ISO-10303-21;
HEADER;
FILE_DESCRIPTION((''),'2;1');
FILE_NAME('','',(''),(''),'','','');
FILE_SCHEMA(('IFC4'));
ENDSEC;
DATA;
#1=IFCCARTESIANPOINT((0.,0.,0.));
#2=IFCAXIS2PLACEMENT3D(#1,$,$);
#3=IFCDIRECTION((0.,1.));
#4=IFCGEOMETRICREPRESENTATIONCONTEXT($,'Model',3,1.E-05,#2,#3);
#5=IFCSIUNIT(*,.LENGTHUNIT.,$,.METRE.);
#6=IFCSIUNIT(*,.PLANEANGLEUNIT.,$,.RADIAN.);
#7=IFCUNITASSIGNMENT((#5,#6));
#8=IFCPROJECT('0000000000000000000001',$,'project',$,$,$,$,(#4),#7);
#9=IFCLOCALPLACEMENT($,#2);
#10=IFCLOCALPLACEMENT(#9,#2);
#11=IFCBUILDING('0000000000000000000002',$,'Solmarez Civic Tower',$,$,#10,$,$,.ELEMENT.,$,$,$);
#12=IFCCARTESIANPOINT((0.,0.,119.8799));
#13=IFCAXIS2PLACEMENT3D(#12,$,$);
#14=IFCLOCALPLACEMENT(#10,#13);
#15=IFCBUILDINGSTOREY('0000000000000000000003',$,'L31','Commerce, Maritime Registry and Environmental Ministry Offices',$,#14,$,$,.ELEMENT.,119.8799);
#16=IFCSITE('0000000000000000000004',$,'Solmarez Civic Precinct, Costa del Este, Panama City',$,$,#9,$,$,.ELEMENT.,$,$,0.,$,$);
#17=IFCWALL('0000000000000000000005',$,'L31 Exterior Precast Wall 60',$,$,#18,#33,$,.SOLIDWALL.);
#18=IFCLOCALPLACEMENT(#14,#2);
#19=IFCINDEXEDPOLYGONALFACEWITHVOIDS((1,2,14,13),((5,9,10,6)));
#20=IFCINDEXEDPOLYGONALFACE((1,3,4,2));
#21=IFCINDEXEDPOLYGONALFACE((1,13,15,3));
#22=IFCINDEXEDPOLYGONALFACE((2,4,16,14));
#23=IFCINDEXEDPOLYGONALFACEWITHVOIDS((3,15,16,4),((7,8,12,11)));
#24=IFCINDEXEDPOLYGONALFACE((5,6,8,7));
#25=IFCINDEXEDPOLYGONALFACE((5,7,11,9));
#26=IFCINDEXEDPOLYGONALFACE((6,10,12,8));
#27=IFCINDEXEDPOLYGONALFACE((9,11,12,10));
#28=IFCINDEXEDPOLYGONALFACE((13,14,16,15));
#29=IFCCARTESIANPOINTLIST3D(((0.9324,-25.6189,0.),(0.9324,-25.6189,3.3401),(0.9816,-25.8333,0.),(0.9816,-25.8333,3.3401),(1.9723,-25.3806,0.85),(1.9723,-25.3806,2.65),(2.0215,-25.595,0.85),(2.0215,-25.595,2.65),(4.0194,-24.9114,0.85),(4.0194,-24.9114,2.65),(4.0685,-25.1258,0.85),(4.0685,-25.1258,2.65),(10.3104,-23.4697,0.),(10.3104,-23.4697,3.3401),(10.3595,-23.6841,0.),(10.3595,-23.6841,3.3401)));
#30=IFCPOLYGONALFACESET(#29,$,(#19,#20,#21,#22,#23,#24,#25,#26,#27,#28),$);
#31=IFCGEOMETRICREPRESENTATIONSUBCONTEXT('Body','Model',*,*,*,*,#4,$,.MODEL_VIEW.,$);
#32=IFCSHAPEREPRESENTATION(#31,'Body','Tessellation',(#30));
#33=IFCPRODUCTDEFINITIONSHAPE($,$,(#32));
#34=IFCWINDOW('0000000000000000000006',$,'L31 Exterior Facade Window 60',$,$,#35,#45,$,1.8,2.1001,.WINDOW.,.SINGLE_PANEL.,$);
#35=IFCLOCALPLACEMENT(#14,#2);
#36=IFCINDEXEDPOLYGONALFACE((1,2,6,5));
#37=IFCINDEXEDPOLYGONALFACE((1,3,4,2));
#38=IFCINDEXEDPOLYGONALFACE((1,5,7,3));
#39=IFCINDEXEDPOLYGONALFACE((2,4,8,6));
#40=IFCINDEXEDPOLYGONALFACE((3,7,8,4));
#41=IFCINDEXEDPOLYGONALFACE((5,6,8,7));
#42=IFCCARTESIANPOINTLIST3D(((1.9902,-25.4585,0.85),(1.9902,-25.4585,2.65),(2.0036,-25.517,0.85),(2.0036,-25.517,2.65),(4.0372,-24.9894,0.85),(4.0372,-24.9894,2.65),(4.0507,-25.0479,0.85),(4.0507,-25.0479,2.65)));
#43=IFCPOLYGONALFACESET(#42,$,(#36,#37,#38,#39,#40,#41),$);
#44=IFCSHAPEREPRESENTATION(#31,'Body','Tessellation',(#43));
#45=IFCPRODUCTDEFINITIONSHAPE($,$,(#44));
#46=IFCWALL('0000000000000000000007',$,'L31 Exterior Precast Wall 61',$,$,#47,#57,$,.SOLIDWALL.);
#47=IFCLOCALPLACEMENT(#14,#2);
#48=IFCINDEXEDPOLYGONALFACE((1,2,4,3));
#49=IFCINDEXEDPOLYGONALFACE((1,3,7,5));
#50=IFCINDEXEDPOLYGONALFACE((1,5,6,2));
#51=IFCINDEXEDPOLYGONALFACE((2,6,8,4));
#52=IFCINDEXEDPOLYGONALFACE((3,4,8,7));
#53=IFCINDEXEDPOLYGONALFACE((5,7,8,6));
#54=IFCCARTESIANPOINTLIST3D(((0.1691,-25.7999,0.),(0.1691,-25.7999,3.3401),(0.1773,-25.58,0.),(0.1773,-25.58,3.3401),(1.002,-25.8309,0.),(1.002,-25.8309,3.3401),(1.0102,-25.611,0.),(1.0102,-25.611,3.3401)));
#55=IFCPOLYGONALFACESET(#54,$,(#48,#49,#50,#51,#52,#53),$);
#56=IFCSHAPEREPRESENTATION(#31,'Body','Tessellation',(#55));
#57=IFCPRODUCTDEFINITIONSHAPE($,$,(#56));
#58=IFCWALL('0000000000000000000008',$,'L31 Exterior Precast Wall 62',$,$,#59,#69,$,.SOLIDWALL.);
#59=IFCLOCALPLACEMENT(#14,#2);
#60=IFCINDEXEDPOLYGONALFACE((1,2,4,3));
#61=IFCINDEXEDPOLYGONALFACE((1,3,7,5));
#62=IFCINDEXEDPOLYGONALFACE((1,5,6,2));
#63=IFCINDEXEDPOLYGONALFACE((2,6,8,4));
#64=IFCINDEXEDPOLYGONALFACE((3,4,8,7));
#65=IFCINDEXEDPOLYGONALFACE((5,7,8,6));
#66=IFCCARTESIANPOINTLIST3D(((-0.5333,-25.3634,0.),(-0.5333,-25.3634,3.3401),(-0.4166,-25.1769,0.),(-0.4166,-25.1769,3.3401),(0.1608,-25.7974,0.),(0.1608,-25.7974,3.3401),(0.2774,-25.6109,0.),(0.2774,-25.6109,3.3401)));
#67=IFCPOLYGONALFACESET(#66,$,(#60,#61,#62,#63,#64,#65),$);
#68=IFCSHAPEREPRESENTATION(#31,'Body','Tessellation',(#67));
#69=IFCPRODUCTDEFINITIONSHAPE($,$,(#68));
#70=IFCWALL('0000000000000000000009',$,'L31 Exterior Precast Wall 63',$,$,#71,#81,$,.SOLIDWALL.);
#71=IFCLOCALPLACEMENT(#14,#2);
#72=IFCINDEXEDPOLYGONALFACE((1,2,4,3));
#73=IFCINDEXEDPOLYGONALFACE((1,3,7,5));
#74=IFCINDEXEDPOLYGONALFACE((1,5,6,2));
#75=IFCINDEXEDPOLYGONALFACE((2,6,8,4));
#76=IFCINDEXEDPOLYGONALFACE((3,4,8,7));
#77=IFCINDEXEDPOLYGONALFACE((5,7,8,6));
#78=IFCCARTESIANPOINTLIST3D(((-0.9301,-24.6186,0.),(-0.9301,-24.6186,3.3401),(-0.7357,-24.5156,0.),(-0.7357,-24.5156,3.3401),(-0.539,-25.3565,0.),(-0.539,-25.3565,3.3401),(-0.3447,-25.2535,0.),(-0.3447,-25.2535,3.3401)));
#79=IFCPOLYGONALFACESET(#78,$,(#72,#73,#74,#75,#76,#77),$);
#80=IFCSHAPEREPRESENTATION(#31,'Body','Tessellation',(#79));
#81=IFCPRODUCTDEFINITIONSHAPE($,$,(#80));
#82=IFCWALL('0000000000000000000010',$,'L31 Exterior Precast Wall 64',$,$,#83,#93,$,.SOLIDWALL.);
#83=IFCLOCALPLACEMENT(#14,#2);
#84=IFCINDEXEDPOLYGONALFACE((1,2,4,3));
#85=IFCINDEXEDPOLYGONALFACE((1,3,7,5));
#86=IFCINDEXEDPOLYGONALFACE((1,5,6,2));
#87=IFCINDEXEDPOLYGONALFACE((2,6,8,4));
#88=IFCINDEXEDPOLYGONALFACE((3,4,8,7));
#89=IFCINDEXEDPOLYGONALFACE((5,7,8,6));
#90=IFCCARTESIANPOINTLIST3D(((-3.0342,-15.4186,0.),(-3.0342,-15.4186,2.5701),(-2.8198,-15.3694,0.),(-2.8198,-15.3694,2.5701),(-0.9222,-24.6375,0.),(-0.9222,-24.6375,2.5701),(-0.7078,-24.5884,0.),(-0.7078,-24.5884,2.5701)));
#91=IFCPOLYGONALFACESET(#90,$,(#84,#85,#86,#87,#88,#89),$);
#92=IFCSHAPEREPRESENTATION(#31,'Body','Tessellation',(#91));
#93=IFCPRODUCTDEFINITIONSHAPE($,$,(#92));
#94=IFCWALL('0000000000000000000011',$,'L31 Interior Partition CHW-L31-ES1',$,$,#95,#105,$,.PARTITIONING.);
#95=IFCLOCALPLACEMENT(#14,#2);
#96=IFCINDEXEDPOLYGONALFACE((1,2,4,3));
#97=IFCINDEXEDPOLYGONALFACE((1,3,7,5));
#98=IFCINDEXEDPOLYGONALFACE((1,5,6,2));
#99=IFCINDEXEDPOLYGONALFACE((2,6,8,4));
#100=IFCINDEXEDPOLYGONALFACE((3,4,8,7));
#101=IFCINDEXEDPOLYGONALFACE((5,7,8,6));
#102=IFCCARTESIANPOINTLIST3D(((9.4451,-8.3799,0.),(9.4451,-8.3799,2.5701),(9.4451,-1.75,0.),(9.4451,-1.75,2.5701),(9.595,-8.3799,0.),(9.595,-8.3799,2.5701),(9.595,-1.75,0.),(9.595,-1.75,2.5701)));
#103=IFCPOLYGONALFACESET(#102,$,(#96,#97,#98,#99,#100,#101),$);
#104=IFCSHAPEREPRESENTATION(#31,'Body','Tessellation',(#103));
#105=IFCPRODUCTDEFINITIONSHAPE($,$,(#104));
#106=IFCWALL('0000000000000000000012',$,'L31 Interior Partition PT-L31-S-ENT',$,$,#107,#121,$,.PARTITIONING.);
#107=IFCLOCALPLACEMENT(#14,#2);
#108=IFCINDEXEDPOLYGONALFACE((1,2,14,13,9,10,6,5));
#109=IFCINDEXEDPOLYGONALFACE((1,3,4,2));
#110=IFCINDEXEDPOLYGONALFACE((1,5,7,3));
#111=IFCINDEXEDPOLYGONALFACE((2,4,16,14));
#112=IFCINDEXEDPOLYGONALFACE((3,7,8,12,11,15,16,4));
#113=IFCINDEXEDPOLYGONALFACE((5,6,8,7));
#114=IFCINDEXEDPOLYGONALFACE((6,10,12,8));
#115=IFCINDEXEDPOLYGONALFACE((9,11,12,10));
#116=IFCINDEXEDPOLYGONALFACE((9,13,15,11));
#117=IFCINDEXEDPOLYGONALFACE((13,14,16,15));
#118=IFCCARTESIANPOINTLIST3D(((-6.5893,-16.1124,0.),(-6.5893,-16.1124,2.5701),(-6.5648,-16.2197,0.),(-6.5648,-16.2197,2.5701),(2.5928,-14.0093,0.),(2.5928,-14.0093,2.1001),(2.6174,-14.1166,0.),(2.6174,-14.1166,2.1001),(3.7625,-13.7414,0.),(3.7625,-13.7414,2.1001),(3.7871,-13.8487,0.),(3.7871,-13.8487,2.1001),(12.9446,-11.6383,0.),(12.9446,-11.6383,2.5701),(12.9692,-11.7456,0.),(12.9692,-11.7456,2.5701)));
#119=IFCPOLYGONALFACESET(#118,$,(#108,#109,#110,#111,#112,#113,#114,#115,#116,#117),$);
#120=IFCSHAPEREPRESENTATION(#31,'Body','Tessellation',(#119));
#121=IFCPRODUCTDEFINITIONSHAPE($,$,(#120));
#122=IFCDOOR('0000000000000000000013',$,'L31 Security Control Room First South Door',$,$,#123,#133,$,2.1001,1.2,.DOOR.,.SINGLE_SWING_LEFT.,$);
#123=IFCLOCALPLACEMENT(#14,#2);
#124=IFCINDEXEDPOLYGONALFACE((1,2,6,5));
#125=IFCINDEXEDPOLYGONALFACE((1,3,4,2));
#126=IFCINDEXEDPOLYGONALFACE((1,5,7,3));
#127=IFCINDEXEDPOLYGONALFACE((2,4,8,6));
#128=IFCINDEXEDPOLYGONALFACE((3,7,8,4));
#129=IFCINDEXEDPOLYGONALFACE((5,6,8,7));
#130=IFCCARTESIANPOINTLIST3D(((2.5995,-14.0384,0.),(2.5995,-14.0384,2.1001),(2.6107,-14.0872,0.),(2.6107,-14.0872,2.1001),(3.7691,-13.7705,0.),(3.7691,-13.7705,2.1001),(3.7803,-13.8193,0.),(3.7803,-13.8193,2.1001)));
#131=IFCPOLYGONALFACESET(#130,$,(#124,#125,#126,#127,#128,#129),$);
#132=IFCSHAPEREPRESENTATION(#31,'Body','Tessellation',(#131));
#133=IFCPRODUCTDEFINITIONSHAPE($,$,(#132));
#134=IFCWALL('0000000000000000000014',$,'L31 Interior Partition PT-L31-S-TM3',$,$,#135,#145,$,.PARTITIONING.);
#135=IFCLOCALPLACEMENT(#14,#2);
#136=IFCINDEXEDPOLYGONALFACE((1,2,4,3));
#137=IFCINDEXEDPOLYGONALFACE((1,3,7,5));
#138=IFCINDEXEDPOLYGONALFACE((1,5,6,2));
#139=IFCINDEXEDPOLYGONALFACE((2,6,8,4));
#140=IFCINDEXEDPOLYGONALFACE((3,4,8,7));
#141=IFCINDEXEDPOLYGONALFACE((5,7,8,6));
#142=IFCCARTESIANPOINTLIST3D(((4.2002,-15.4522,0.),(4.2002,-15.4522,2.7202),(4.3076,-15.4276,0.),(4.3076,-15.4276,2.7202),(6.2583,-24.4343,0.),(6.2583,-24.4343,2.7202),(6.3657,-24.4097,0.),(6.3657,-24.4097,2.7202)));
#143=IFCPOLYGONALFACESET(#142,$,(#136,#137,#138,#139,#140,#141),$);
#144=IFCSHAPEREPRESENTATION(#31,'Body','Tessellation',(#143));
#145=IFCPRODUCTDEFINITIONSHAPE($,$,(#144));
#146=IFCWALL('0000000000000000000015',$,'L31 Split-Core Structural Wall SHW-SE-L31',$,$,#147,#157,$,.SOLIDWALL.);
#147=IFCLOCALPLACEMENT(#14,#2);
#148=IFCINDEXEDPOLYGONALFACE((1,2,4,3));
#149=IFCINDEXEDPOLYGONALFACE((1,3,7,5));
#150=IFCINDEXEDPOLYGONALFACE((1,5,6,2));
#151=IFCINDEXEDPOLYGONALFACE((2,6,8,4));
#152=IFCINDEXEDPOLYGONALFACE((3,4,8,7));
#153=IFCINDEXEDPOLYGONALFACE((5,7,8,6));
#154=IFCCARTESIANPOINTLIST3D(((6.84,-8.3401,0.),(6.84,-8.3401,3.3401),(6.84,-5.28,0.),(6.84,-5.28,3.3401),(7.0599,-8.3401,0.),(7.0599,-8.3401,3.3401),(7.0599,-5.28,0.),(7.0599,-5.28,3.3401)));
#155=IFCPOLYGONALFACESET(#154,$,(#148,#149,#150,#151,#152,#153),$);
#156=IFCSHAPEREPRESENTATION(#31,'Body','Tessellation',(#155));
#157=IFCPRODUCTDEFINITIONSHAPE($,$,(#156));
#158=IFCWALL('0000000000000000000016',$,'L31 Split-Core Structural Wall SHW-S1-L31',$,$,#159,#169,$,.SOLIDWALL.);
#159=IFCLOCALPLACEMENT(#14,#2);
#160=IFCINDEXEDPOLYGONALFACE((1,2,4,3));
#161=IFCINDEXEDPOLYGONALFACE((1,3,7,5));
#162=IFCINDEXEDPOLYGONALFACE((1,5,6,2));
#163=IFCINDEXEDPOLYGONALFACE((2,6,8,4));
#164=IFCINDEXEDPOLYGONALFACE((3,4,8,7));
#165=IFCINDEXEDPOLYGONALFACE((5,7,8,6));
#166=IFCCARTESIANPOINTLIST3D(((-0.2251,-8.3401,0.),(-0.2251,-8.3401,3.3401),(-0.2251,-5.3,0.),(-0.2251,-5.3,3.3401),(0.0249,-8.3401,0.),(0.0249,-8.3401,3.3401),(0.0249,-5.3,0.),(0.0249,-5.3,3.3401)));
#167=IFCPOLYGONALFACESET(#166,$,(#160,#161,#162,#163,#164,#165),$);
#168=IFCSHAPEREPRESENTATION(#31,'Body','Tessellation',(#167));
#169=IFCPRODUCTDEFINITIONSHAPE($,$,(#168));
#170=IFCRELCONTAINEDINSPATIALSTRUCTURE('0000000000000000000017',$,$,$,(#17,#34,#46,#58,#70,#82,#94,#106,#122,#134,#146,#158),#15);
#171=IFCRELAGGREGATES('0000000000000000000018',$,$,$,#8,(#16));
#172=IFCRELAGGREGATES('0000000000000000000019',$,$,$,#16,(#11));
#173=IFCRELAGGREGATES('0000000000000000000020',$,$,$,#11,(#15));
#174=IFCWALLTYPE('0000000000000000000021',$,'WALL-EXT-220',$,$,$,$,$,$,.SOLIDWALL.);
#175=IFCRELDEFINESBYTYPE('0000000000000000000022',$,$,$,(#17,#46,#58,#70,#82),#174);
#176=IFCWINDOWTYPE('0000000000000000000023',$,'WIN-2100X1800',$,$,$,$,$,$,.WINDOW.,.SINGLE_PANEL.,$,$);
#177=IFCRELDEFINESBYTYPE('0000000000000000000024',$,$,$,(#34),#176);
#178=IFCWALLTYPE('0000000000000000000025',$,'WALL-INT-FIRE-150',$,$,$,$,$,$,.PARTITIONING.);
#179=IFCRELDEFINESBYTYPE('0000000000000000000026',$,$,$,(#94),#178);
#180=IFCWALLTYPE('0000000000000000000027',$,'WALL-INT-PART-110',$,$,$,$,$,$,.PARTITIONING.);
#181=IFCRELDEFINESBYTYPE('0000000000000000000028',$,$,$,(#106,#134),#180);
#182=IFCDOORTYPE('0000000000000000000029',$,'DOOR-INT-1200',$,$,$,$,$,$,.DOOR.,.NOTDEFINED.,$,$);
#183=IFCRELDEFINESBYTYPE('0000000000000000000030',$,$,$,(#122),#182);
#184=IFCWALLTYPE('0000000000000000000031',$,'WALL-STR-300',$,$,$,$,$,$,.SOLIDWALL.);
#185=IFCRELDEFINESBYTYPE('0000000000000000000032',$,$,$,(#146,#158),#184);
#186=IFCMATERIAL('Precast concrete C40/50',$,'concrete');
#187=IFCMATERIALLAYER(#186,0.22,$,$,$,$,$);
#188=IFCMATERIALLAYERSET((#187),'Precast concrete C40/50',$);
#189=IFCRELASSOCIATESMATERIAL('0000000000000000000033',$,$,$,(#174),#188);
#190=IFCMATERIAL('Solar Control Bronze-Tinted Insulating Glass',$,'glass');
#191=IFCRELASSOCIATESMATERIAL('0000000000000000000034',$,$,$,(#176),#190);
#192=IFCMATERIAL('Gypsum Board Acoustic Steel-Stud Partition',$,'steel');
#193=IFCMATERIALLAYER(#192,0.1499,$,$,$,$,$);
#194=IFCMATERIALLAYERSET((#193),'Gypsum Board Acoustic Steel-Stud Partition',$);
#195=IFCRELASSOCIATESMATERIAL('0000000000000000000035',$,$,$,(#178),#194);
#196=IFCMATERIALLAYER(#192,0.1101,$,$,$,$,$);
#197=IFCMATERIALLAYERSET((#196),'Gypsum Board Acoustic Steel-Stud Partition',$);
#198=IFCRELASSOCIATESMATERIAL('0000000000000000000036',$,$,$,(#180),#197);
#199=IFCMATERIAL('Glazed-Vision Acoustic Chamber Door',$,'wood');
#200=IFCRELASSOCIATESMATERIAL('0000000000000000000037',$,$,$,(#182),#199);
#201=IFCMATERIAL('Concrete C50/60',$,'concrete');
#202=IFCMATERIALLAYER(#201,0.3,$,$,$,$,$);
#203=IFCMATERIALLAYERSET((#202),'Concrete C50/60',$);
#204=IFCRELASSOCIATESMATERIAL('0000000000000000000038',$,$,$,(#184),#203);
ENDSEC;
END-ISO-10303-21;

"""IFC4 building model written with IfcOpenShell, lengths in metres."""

from ifc_helpers import new_model, si_unit, direction, frame, frame_2d, origin, place, context, subcontext, project, spatial, rectangle, extrude, material, layer, layer_set, type_object, element, fill, save


model = new_model("IFC4")

# Units and contexts
model_context = context("Model", 3, precision=1e-05, world=origin(), true_north=direction((0.0, 1.0)))
body_context = subcontext(model_context, "Body", "Model", "MODEL_VIEW")
ifc_project = project(units=[si_unit("LENGTHUNIT", "METRE"), si_unit("PLANEANGLEUNIT", "RADIAN")], contexts=[model_context])

# Site, building, storey
site_placement = place(None, origin())
site = spatial("IfcSite", under=ifc_project, at=site_placement, Name="Solmarez Civic Precinct, Costa del Este, Panama City", CompositionType="ELEMENT", RefElevation=0.0)
building_placement = place(site_placement, origin())
building = spatial("IfcBuilding", under=site, at=building_placement, Name="Solmarez Civic Tower", CompositionType="ELEMENT")
storey_placement = place(building_placement, frame((0.0, 0.0, 119.8799)))
storey = spatial("IfcBuildingStorey", under=building, at=storey_placement, Name="L31", Description="Commerce, Maritime Registry and Environmental Ministry Offices", CompositionType="ELEMENT", Elevation=119.8799)

# Shared definitions
ifc_material_1 = material(Name="Concrete C50/60", Category="concrete")

# Shared definitions
ifc_material_2 = material(Name="Precast concrete C40/50", Category="concrete")
ifc_layer_1 = layer(ifc_material_2, 0.22)
ifc_layer_set_1 = layer_set([ifc_layer_1], Name="Precast concrete C40/50")
wall_type_1 = type_object("IfcWallType", Name="WALL-EXT-220", PredefinedType="SOLIDWALL", material=ifc_layer_set_1)

# Shared definitions
ifc_material_3 = material(Name="Solar Control Bronze-Tinted Insulating Glass", Category="glass")

# Wall, opening, window
wall_1_placement = place(storey_placement, frame((10.335, -23.5769, 0.0), z_axis=(0.0, 0.0, 1.0), x_axis=(-0.974731, -0.223382, 0.0)))
wall_1 = element("IfcWall", 1, at=wall_1_placement, inside=storey, type_object=wall_type_1, Name="L31 Exterior Precast Wall 60", PredefinedType="SOLIDWALL", context=body_context, shape_type="SweptSolid", body=[
    extrude(rectangle(XDim=9.6211, YDim=0.22, at=frame_2d((4.8105, 0.0))), origin(), (0.0, 0.0, 1.0), 3.3401),
])
opening_1_placement = place(wall_1_placement, frame((6.4541, 0.0, 0.8501)))
opening_1 = element("IfcOpeningElement", 2, at=opening_1_placement, cuts=wall_1, PredefinedType="OPENING", context=body_context, shape_type="SweptSolid", body=[
    extrude(rectangle(XDim=2.1001, YDim=1.8, at=frame_2d((1.05, 0.8999))), frame((0.0, 0.1199, 0.0), z_axis=(0.0, -1.0, 0.0), x_axis=(1.0, 0.0, 0.0)), (0.0, 0.0, 1.0), 0.24),
])
window_type_1 = type_object("IfcWindowType", Name="WIN-2100X1800", PartitioningType="SINGLE_PANEL", PredefinedType="WINDOW", material=ifc_material_3)
window_1_placement = place(opening_1_placement, origin())
window_1 = element("IfcWindow", 3, at=window_1_placement, inside=storey, type_object=window_type_1, Name="L31 Exterior Facade Window 60", OverallHeight=1.8, OverallWidth=2.1001, PartitioningType="SINGLE_PANEL", PredefinedType="WINDOW", context=body_context, shape_type="SweptSolid", body=[
    extrude(rectangle(XDim=2.1001, YDim=1.8, at=frame_2d((1.05, 0.8999))), frame((0.0, 0.03, 0.0), z_axis=(0.0, -1.0, 0.0), x_axis=(1.0, 0.0, 0.0)), (0.0, 0.0, 1.0), 0.0601),
])
fill(opening_1, window_1)

# Walls
wall_2_placement = place(storey_placement, frame((1.0061, -25.7209, 0.0), z_axis=(0.0, 0.0, 1.0), x_axis=(-0.999308, 0.037196, 0.0)))
element("IfcWall", 4, at=wall_2_placement, inside=storey, type_object=wall_type_1, Name="L31 Exterior Precast Wall 61", PredefinedType="SOLIDWALL", context=body_context, shape_type="SweptSolid", body=[
    extrude(rectangle(XDim=0.8335, YDim=0.22, at=frame_2d((0.4167, 0.0))), origin(), (0.0, 0.0, 1.0), 3.3401),
])
wall_3_placement = place(storey_placement, frame((0.219, -25.7041, 0.0), z_axis=(0.0, 0.0, 1.0), x_axis=(-0.847847, 0.53024, 0.0)))
element("IfcWall", 5, at=wall_3_placement, inside=storey, type_object=wall_type_1, Name="L31 Exterior Precast Wall 62", PredefinedType="SOLIDWALL", context=body_context, shape_type="SweptSolid", body=[
    extrude(rectangle(XDim=0.8186, YDim=0.22, at=frame_2d((0.4092, 0.0))), origin(), (0.0, 0.0, 1.0), 3.3401),
])
wall_4_placement = place(storey_placement, frame((-0.4419, -25.3049, 0.0), z_axis=(0.0, 0.0, 1.0), x_axis=(-0.46825, 0.883596, 0.0)))
element("IfcWall", 6, at=wall_4_placement, inside=storey, type_object=wall_type_1, Name="L31 Exterior Precast Wall 63", PredefinedType="SOLIDWALL", context=body_context, shape_type="SweptSolid", body=[
    extrude(rectangle(XDim=0.8352, YDim=0.22, at=frame_2d((0.4175, 0.0))), origin(), (0.0, 0.0, 1.0), 3.3401),
])
wall_5_placement = place(storey_placement, frame((-0.8149, -24.613, 0.0), z_axis=(0.0, 0.0, 1.0), x_axis=(-0.223313, 0.974747, 0.0)))
element("IfcWall", 7, at=wall_5_placement, inside=storey, type_object=wall_type_1, Name="L31 Exterior Precast Wall 64", PredefinedType="SOLIDWALL", context=body_context, shape_type="SweptSolid", body=[
    extrude(rectangle(XDim=9.4578, YDim=0.22, at=frame_2d((4.729, 0.0))), origin(), (0.0, 0.0, 1.0), 2.5701),
])
ifc_material_4 = material(Name="Gypsum Board Acoustic Steel-Stud Partition", Category="steel")
ifc_layer_2 = layer(ifc_material_4, 0.1499)
ifc_layer_set_2 = layer_set([ifc_layer_2], Name="Gypsum Board Acoustic Steel-Stud Partition")
wall_type_2 = type_object("IfcWallType", Name="WALL-INT-FIRE-150", PredefinedType="PARTITIONING", material=ifc_layer_set_2)
wall_6_placement = place(storey_placement, frame((9.52, -8.3799, 0.0), z_axis=(0.0, 0.0, 1.0), x_axis=(0.0, 1.0, 0.0)))
element("IfcWall", 8, at=wall_6_placement, inside=storey, type_object=wall_type_2, Name="L31 Interior Partition CHW-L31-ES1", PredefinedType="PARTITIONING", context=body_context, shape_type="SweptSolid", body=[
    extrude(rectangle(XDim=6.6299, YDim=0.1499, at=frame_2d((3.3149, 0.0))), origin(), (0.0, 0.0, 1.0), 2.5701),
])

# Wall, opening, door
ifc_layer_3 = layer(ifc_material_4, 0.1101)
ifc_layer_set_3 = layer_set([ifc_layer_3], Name="Gypsum Board Acoustic Steel-Stud Partition")
wall_type_3 = type_object("IfcWallType", Name="WALL-INT-PART-110", PredefinedType="PARTITIONING", material=ifc_layer_set_3)
wall_7_placement = place(storey_placement, frame((12.957, -11.6919, 0.0), z_axis=(0.0, 0.0, 1.0), x_axis=(-0.974758, -0.223262, 0.0)))
wall_7 = element("IfcWall", 9, at=wall_7_placement, inside=storey, type_object=wall_type_3, Name="L31 Interior Partition PT-L31-S-ENT", PredefinedType="PARTITIONING", context=body_context, shape_type="SweptSolid", body=[
    extrude(rectangle(XDim=20.0398, YDim=0.1101, at=frame_2d((10.02, 0.0))), origin(), (0.0, 0.0, 1.0), 2.5701),
])
opening_2_placement = place(wall_7_placement, frame((9.4199, 0.0, 0.0)))
opening_2 = element("IfcOpeningElement", 10, at=opening_2_placement, cuts=wall_7, PredefinedType="OPENING", context=body_context, shape_type="SweptSolid", body=[
    extrude(rectangle(XDim=1.2, YDim=2.1001, at=frame_2d((0.6001, 1.05))), frame((0.0, 0.0649, 0.0), z_axis=(0.0, -1.0, 0.0), x_axis=(1.0, 0.0, 0.0)), (0.0, 0.0, 1.0), 0.1301),
])
ifc_material_5 = material(Name="Glazed-Vision Acoustic Chamber Door", Category="wood")
door_type = type_object("IfcDoorType", Name="DOOR-INT-1200", OperationType="NOTDEFINED", PredefinedType="DOOR", material=ifc_material_5)
door_placement = place(opening_2_placement, origin())
door = element("IfcDoor", 11, at=door_placement, inside=storey, type_object=door_type, Name="L31 Security Control Room First South Door", OperationType="SINGLE_SWING_LEFT", OverallHeight=2.1001, OverallWidth=1.2, PredefinedType="DOOR", context=body_context, shape_type="SweptSolid", body=[
    extrude(rectangle(XDim=1.2, YDim=2.1001, at=frame_2d((0.6001, 1.05))), frame((0.0, 0.0249, 0.0), z_axis=(0.0, -1.0, 0.0), x_axis=(1.0, 0.0, 0.0)), (0.0, 0.0, 1.0), 0.05),
])
fill(opening_2, door)

# Walls
wall_8_placement = place(storey_placement, frame((4.2539, -15.4399, 0.0), z_axis=(0.0, 0.0, 1.0), x_axis=(0.223344, -0.97474, 0.0)))
element("IfcWall", 12, at=wall_8_placement, inside=storey, type_object=wall_type_3, Name="L31 Interior Partition PT-L31-S-TM3", PredefinedType="PARTITIONING", context=body_context, shape_type="SweptSolid", body=[
    extrude(rectangle(XDim=9.2148, YDim=0.1101, at=frame_2d((4.6074, 0.0))), origin(), (0.0, 0.0, 1.0), 2.7202),
])
ifc_layer_4 = layer(ifc_material_1, 0.3)
ifc_layer_set_4 = layer_set([ifc_layer_4], Name="Concrete C50/60")
wall_type_4 = type_object("IfcWallType", Name="WALL-STR-300", PredefinedType="SOLIDWALL", material=ifc_layer_set_4)
wall_9_placement = place(storey_placement, frame((6.95, -8.3401, 0.0), z_axis=(0.0, 0.0, 1.0), x_axis=(0.0, 1.0, 0.0)))
element("IfcWall", 13, at=wall_9_placement, inside=storey, type_object=wall_type_4, Name="L31 Split-Core Structural Wall SHW-SE-L31", PredefinedType="SOLIDWALL", context=body_context, shape_type="SweptSolid", body=[
    extrude(rectangle(XDim=3.0601, YDim=0.22, at=frame_2d((1.53, 0.0))), origin(), (0.0, 0.0, 1.0), 3.3401),
])
wall_10_placement = place(storey_placement, frame((-0.1001, -8.3401, 0.0), z_axis=(0.0, 0.0, 1.0), x_axis=(0.0, 1.0, 0.0)))
element("IfcWall", 14, at=wall_10_placement, inside=storey, type_object=wall_type_4, Name="L31 Split-Core Structural Wall SHW-S1-L31", PredefinedType="SOLIDWALL", context=body_context, shape_type="SweptSolid", body=[
    extrude(rectangle(XDim=3.04, YDim=0.25, at=frame_2d((1.52, 0.0))), origin(), (0.0, 0.0, 1.0), 3.3401),
])

save(model, "model.ifc")
